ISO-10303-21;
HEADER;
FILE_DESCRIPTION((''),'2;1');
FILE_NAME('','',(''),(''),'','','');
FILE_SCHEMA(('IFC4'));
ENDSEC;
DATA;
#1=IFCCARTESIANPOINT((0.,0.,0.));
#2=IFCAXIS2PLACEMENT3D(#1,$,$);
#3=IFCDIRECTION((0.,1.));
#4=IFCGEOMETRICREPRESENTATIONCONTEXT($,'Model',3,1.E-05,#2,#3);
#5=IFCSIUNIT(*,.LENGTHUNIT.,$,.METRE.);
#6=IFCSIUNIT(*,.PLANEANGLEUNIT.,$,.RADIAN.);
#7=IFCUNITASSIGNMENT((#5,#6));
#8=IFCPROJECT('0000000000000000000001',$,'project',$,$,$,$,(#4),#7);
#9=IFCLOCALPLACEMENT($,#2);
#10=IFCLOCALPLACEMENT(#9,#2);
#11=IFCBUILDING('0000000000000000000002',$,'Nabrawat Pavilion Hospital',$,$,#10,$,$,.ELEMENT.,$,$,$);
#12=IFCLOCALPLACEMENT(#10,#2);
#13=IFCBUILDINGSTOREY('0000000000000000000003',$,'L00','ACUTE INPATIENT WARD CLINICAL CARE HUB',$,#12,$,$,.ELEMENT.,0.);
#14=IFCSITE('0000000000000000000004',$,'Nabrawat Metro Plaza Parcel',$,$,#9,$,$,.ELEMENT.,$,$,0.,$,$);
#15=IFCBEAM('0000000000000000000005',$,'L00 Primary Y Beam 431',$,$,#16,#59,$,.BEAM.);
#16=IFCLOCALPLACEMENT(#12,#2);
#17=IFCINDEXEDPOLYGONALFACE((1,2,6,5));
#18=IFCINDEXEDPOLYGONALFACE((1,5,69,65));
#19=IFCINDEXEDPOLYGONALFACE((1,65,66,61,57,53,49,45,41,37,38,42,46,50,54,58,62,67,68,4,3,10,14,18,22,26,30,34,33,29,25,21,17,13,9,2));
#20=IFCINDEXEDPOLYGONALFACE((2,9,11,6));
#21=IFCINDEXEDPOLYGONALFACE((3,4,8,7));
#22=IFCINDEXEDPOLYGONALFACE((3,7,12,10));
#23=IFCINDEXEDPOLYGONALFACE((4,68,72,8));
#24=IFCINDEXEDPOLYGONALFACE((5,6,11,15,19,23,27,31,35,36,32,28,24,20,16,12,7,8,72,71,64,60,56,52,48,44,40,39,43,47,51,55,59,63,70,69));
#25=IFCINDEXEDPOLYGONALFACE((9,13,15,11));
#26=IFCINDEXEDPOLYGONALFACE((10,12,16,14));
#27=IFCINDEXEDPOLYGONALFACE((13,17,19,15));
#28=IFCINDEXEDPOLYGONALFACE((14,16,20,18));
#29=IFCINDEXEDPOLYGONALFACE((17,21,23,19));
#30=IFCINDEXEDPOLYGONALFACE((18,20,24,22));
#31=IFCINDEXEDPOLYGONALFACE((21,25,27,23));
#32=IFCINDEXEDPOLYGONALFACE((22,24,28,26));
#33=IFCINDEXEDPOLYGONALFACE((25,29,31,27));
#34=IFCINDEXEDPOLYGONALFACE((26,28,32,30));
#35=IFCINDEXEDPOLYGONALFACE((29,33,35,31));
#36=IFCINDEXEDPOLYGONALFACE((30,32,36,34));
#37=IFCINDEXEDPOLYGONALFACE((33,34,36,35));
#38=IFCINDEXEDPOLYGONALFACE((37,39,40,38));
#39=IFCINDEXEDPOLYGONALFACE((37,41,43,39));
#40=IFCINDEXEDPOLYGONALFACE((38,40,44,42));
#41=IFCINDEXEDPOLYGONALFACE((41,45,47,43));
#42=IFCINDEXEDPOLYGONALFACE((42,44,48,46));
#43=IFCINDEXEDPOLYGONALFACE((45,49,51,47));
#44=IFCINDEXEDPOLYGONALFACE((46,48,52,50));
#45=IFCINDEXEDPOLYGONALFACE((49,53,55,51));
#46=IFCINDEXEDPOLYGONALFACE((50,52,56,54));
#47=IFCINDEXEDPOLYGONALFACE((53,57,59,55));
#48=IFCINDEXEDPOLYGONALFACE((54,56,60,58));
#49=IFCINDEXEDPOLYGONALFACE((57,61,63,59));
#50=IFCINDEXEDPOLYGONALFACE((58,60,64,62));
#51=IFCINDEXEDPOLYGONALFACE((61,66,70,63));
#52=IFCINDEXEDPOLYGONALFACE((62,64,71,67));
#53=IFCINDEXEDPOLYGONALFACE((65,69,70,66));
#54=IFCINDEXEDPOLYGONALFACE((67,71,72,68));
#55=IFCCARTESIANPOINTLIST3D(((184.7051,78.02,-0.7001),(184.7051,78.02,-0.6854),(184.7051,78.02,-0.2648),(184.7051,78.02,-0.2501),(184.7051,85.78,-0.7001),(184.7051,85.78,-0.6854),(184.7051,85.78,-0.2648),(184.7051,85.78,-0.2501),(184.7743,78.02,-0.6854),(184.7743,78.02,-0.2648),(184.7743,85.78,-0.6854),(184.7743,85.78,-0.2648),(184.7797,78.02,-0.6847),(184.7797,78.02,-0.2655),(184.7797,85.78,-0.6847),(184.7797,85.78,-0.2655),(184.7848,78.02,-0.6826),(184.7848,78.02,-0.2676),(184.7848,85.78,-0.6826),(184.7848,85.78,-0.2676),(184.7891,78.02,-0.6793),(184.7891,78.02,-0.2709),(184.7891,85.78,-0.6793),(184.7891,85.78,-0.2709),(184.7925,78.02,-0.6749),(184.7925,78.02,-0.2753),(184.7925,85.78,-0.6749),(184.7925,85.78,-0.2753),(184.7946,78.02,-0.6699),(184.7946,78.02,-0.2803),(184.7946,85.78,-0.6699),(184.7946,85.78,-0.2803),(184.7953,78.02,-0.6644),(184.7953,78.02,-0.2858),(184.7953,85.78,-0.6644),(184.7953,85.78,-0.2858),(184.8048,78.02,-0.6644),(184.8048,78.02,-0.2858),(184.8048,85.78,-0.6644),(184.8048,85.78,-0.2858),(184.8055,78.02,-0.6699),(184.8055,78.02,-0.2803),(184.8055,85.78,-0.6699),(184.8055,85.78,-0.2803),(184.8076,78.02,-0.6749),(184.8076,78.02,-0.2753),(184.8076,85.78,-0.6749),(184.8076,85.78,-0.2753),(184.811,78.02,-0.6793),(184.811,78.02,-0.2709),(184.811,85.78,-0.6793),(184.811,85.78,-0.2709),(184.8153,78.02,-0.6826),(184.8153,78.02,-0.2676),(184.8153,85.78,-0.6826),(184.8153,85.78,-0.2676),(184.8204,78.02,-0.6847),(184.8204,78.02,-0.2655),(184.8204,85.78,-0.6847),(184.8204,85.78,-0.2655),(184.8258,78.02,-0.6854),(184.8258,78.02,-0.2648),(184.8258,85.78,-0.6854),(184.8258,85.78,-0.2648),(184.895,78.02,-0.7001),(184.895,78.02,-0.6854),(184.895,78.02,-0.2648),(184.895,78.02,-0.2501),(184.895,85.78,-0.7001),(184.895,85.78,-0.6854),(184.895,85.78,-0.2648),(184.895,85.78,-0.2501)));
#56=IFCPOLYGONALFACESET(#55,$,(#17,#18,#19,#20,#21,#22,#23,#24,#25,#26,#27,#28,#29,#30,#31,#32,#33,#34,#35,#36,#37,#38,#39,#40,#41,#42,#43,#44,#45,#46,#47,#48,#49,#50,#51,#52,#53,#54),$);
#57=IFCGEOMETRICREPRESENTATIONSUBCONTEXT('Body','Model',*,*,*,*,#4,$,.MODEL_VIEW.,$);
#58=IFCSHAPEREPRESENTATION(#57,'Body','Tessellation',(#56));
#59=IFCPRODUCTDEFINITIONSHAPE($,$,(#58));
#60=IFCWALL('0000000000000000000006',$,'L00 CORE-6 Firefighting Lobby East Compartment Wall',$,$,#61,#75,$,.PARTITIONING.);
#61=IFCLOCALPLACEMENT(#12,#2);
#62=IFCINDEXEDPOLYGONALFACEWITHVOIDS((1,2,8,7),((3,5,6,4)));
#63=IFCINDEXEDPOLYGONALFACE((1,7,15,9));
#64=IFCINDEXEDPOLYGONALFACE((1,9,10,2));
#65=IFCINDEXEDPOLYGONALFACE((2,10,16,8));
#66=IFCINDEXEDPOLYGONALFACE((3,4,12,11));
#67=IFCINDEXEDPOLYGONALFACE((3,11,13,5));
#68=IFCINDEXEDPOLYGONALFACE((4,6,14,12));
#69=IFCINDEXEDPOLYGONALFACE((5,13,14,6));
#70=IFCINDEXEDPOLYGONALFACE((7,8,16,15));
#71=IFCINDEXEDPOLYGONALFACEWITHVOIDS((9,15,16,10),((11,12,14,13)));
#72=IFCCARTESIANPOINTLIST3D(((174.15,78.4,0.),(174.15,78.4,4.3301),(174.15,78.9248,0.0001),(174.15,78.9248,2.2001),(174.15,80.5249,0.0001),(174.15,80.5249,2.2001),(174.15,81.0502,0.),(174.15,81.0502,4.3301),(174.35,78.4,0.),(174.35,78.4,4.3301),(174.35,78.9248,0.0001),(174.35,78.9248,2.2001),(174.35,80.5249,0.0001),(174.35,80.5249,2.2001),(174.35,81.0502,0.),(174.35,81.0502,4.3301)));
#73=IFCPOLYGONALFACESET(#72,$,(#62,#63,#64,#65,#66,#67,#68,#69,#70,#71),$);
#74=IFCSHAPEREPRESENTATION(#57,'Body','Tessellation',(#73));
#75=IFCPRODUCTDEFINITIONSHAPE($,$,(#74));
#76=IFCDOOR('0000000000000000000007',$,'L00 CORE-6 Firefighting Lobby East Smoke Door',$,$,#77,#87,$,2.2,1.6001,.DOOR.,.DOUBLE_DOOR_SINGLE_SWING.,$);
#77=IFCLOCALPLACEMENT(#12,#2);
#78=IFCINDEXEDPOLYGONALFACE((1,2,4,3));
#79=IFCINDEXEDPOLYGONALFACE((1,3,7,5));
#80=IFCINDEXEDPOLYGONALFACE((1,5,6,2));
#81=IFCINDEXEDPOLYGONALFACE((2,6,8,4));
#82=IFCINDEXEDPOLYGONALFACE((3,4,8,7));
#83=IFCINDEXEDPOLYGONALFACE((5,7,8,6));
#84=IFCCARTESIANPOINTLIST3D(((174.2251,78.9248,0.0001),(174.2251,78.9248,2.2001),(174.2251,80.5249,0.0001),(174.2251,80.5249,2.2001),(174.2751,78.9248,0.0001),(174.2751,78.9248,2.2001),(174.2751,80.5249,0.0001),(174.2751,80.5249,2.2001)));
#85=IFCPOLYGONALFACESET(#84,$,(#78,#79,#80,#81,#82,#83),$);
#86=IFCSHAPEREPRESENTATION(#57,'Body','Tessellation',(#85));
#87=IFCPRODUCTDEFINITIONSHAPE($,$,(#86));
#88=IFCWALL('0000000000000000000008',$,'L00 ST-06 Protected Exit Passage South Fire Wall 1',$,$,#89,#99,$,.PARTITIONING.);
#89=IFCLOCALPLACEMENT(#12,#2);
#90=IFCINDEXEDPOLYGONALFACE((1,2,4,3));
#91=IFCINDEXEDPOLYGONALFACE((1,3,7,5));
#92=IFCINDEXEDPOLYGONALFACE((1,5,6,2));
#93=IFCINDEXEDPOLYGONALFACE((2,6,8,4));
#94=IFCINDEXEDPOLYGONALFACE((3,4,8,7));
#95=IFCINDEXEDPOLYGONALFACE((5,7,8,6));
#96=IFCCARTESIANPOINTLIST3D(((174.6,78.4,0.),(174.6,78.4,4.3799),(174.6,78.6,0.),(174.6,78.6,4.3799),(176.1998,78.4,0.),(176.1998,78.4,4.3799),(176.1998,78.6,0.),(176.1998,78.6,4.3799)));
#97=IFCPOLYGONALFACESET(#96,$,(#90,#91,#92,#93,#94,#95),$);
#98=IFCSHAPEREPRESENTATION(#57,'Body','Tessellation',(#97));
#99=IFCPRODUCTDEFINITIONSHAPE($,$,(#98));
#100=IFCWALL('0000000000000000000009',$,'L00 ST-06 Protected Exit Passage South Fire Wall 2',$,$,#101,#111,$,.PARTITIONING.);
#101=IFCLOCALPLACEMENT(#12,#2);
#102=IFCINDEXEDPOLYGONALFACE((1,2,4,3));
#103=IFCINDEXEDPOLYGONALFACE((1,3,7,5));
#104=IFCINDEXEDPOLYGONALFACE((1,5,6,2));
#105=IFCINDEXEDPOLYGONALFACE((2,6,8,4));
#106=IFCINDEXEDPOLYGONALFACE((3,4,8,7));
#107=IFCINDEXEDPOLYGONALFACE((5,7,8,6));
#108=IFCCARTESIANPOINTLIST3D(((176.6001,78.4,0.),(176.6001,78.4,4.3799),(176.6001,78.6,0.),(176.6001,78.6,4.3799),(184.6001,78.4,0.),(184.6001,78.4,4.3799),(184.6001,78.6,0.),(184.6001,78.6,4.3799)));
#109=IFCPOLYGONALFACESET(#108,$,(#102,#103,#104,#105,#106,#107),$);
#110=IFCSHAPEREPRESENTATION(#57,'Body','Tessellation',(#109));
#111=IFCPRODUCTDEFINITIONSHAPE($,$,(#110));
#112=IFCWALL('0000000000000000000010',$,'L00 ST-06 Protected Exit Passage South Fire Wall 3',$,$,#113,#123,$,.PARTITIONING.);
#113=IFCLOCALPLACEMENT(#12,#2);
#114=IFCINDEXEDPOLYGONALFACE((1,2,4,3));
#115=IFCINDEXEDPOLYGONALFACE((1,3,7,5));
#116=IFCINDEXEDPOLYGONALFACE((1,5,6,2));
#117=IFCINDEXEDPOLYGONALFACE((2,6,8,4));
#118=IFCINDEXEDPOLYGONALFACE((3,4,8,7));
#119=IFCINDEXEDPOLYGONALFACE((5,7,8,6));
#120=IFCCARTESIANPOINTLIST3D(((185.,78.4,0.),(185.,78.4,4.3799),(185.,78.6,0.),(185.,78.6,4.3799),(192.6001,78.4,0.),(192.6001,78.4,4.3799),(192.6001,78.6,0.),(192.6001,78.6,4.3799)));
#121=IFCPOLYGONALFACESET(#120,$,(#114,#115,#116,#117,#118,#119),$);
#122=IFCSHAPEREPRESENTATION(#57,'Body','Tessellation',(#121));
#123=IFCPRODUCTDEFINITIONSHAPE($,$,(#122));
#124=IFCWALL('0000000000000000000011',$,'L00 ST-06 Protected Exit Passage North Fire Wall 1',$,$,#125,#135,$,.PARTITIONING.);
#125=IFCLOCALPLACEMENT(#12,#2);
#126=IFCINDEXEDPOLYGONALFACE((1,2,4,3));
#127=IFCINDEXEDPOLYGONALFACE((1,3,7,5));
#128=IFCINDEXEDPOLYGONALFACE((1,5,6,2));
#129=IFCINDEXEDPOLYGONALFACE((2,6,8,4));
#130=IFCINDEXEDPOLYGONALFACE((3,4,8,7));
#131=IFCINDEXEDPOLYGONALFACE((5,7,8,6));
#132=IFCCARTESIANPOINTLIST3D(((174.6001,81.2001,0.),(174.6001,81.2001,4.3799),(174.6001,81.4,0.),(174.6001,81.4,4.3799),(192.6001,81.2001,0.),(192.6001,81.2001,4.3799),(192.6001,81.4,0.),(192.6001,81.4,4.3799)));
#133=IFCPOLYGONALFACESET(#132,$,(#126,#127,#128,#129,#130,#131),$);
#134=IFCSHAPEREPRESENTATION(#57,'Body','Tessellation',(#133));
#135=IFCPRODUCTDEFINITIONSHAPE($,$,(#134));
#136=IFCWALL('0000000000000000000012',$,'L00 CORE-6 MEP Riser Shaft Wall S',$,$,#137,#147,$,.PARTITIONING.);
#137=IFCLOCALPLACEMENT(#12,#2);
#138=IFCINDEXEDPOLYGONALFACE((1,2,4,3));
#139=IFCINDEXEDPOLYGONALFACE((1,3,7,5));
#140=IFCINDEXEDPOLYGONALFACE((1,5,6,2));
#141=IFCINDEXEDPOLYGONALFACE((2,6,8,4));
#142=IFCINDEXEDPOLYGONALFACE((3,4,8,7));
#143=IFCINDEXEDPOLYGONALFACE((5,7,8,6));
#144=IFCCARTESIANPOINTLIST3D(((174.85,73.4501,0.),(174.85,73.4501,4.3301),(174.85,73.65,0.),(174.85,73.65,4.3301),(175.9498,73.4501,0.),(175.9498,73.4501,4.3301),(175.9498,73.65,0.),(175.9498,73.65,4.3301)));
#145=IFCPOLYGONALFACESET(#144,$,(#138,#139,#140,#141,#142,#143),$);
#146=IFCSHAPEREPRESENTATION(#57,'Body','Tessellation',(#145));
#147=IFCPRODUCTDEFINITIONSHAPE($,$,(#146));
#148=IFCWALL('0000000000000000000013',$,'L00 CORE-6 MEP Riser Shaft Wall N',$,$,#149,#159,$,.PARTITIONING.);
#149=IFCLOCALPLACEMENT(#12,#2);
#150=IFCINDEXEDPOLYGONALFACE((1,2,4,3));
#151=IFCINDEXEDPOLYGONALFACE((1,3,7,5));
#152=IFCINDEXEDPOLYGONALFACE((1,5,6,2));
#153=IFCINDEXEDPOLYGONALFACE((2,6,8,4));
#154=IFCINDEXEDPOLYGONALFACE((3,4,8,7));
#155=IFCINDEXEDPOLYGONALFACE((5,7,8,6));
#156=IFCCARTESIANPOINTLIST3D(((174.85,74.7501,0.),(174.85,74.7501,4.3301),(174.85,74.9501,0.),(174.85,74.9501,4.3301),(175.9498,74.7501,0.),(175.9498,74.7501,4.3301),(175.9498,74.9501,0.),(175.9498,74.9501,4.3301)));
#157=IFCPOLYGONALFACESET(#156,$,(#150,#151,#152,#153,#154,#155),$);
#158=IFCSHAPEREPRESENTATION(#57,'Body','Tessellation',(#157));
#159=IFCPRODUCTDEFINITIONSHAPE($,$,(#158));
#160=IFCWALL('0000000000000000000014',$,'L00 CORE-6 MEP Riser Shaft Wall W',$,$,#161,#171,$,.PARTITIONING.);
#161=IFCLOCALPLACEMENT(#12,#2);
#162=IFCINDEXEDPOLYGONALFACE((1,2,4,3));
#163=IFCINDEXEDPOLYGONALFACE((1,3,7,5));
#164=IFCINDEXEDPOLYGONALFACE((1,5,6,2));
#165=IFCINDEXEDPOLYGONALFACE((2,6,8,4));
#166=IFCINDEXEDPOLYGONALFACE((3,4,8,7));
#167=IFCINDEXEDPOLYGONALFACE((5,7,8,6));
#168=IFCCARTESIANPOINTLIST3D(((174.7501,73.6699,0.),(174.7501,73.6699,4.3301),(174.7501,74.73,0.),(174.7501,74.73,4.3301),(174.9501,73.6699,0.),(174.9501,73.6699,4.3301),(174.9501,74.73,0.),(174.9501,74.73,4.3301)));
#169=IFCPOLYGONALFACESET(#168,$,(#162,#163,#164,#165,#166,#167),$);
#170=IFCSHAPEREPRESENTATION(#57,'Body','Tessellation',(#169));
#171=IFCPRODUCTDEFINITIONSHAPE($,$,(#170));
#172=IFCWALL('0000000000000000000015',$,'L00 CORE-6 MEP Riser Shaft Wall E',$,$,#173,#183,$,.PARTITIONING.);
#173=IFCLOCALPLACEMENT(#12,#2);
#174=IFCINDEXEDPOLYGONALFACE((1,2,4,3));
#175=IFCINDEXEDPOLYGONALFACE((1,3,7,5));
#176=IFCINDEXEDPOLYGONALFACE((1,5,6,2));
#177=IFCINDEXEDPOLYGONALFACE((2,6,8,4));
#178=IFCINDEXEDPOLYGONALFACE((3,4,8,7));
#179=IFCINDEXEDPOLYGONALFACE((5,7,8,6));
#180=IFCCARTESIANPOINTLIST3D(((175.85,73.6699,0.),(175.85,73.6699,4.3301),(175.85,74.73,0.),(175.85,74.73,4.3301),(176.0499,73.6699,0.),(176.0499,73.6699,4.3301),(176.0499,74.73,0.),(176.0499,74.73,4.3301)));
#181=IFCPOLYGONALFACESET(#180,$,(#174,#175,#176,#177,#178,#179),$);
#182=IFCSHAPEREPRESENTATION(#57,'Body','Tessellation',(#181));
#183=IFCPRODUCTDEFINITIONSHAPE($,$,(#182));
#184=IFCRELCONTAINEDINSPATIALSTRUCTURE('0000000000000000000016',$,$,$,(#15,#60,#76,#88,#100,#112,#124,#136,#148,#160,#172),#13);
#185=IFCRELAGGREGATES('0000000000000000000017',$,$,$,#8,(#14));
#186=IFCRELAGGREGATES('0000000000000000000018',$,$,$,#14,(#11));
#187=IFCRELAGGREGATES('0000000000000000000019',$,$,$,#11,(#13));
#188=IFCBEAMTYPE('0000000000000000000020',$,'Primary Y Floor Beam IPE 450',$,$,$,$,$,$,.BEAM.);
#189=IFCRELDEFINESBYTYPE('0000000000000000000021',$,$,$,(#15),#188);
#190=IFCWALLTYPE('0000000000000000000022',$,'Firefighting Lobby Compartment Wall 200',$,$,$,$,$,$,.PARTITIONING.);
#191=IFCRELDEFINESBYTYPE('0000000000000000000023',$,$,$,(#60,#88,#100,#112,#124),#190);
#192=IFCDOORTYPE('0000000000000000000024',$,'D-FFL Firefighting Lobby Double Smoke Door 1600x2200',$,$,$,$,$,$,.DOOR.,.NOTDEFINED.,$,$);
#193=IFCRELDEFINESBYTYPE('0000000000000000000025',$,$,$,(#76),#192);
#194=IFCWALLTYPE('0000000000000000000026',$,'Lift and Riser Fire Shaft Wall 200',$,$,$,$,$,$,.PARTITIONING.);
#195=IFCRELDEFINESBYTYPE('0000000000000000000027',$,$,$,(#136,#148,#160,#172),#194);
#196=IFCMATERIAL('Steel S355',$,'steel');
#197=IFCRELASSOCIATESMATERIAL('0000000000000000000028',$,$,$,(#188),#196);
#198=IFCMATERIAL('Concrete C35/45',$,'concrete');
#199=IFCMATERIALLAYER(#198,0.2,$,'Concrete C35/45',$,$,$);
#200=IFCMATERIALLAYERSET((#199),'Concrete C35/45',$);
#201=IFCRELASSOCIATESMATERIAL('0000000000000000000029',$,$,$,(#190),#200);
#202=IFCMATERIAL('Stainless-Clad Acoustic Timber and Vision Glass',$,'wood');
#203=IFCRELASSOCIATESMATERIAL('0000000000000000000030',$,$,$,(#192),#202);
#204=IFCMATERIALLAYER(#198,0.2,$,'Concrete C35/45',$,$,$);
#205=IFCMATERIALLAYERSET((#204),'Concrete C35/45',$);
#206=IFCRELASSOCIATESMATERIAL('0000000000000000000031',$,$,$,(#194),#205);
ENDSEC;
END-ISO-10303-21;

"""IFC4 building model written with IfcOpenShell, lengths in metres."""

from ifc_helpers import new_model, si_unit, direction, frame, frame_2d, origin, origin_2d, place, context, subcontext, project, spatial, rectangle, i_section, extrude, material, layer, layer_set, material_profile, profile_set, type_object, element, fill, save


model = new_model("IFC4")

# Units and contexts
model_context = context("Model", 3, precision=1e-05, world=origin(), true_north=direction((0.0, 1.0)))
body_context = subcontext(model_context, "Body", "Model", "MODEL_VIEW")
ifc_project = project(units=[si_unit("LENGTHUNIT", "METRE"), si_unit("PLANEANGLEUNIT", "RADIAN")], contexts=[model_context])

# Site, building, storey
site_placement = place(None, origin())
site = spatial("IfcSite", under=ifc_project, at=site_placement, Name="Nabrawat Metro Plaza Parcel", CompositionType="ELEMENT", RefElevation=0.0)
building_placement = place(site_placement, origin())
building = spatial("IfcBuilding", under=site, at=building_placement, Name="Nabrawat Pavilion Hospital", CompositionType="ELEMENT")
storey_placement = place(building_placement, origin())
storey = spatial("IfcBuildingStorey", under=building, at=storey_placement, Name="L00", Description="ACUTE INPATIENT WARD CLINICAL CARE HUB", CompositionType="ELEMENT", Elevation=0.0)

# Shared definitions
ifc_material_1 = material(Name="Steel S355", Category="steel")

# Beam
ifc_material_profile_1 = material_profile(ifc_material_1, i_section(OverallWidth=0.1899, OverallDepth=0.45, WebThickness=0.0095, FlangeThickness=0.0146, FilletRadius=0.021, at=origin_2d()), Name="IPE 450")
ifc_profile_set_1 = profile_set([ifc_material_profile_1], Name="Steel S355")
beam_type_1 = type_object("IfcBeamType", Name="Primary Y Floor Beam IPE 450", PredefinedType="BEAM", material=ifc_profile_set_1)
for number, where, z_axis, x_axis, name in (
    (1, (184.8, 78.02, -0.4751), (0.0, 1.0, 0.0), (-1.0, 0.0, 0.0), "L00 Primary Y Beam 431"),
):
    element("IfcBeam", number, at=place(storey_placement, frame(where, z_axis=z_axis, x_axis=x_axis)), inside=storey, type_object=beam_type_1, Name=name, PredefinedType="BEAM", context=body_context, shape_type="SweptSolid", body=[
        extrude(i_section(OverallWidth=0.1899, OverallDepth=0.45, WebThickness=0.0095, FlangeThickness=0.0146, FilletRadius=0.021, at=origin_2d()), origin(), (0.0, 0.0, 1.0), 7.76),
    ])

# Wall, opening, door
ifc_material_2 = material(Name="Concrete C35/45", Category="concrete")
ifc_layer_1 = layer(ifc_material_2, 0.2, Name="Concrete C35/45")
ifc_layer_set_1 = layer_set([ifc_layer_1], Name="Concrete C35/45")
wall_type_1 = type_object("IfcWallType", Name="Firefighting Lobby Compartment Wall 200", PredefinedType="PARTITIONING", material=ifc_layer_set_1)
wall_1_placement = place(storey_placement, frame((174.25, 78.3999, 0.0), z_axis=(0.0, 0.0, 1.0), x_axis=(0.0, 1.0, 0.0)))
wall_1 = element("IfcWall", 2, at=wall_1_placement, inside=storey, type_object=wall_type_1, Name="L00 CORE-6 Firefighting Lobby East Compartment Wall", PredefinedType="PARTITIONING", context=body_context, shape_type="SweptSolid", body=[
    extrude(rectangle(XDim=2.6501, YDim=0.2, at=frame_2d((1.3252, 0.0))), origin(), (0.0, 0.0, 1.0), 4.3301),
])
opening_1_placement = place(wall_1_placement, frame((0.5249, 0.0, 0.0)))
opening_1 = element("IfcOpeningElement", 3, at=opening_1_placement, cuts=wall_1, PredefinedType="OPENING", context=body_context, shape_type="SweptSolid", body=[
    extrude(rectangle(XDim=1.6001, YDim=2.2, at=frame_2d((0.8, 1.1001))), frame((0.0, 0.1099, 0.0), z_axis=(0.0, -1.0, 0.0), x_axis=(1.0, 0.0, 0.0)), (0.0, 0.0, 1.0), 0.22),
])
ifc_material_3 = material(Name="Stainless-Clad Acoustic Timber and Vision Glass", Category="wood")
door_type_1 = type_object("IfcDoorType", Name="D-FFL Firefighting Lobby Double Smoke Door 1600x2200", OperationType="NOTDEFINED", PredefinedType="DOOR", material=ifc_material_3)
door_1_placement = place(opening_1_placement, origin())
door_1 = element("IfcDoor", 4, at=door_1_placement, inside=storey, type_object=door_type_1, Name="L00 CORE-6 Firefighting Lobby East Smoke Door", OperationType="DOUBLE_DOOR_SINGLE_SWING", OverallHeight=2.2, OverallWidth=1.6001, PredefinedType="DOOR", context=body_context, shape_type="SweptSolid", body=[
    extrude(rectangle(XDim=1.6001, YDim=2.2, at=frame_2d((0.8, 1.1001))), frame((0.0, 0.0249, 0.0), z_axis=(0.0, -1.0, 0.0), x_axis=(1.0, 0.0, 0.0)), (0.0, 0.0, 1.0), 0.05),
])
fill(opening_1, door_1)

# Walls
wall_2_placement = place(storey_placement, frame((174.6001, 78.5, 0.0), z_axis=(0.0, 0.0, 1.0), x_axis=(1.0, 0.0, 0.0)))
element("IfcWall", 5, at=wall_2_placement, inside=storey, type_object=wall_type_1, Name="L00 ST-06 Protected Exit Passage South Fire Wall 1", PredefinedType="PARTITIONING", context=body_context, shape_type="SweptSolid", body=[
    extrude(rectangle(XDim=1.5999, YDim=0.2, at=frame_2d((0.7998, 0.0))), origin(), (0.0, 0.0, 1.0), 4.3799),
])
wall_3_placement = place(storey_placement, frame((176.6001, 78.5, 0.0), z_axis=(0.0, 0.0, 1.0), x_axis=(1.0, 0.0, 0.0)))
element("IfcWall", 6, at=wall_3_placement, inside=storey, type_object=wall_type_1, Name="L00 ST-06 Protected Exit Passage South Fire Wall 2", PredefinedType="PARTITIONING", context=body_context, shape_type="SweptSolid", body=[
    extrude(rectangle(XDim=8.0, YDim=0.2, at=frame_2d((4.0, 0.0))), origin(), (0.0, 0.0, 1.0), 4.3799),
])
wall_4_placement = place(storey_placement, frame((185.0, 78.5, 0.0), z_axis=(0.0, 0.0, 1.0), x_axis=(1.0, 0.0, 0.0)))
element("IfcWall", 7, at=wall_4_placement, inside=storey, type_object=wall_type_1, Name="L00 ST-06 Protected Exit Passage South Fire Wall 3", PredefinedType="PARTITIONING", context=body_context, shape_type="SweptSolid", body=[
    extrude(rectangle(XDim=7.6001, YDim=0.2, at=frame_2d((3.8, 0.0))), origin(), (0.0, 0.0, 1.0), 4.3799),
])
wall_5_placement = place(storey_placement, frame((174.6001, 81.3, 0.0), z_axis=(0.0, 0.0, 1.0), x_axis=(1.0, 0.0, 0.0)))
element("IfcWall", 8, at=wall_5_placement, inside=storey, type_object=wall_type_1, Name="L00 ST-06 Protected Exit Passage North Fire Wall 1", PredefinedType="PARTITIONING", context=body_context, shape_type="SweptSolid", body=[
    extrude(rectangle(XDim=18.0, YDim=0.2, at=frame_2d((9.0, 0.0))), origin(), (0.0, 0.0, 1.0), 4.3799),
])
ifc_layer_2 = layer(ifc_material_2, 0.2, Name="Concrete C35/45")
ifc_layer_set_2 = layer_set([ifc_layer_2], Name="Concrete C35/45")
wall_type_2 = type_object("IfcWallType", Name="Lift and Riser Fire Shaft Wall 200", PredefinedType="PARTITIONING", material=ifc_layer_set_2)
for number, where, z_axis, x_axis, name in (
    (9, (174.8501, 73.55, 0.0), (0.0, 0.0, 1.0), (1.0, 0.0, 0.0), "L00 CORE-6 MEP Riser Shaft Wall S"),
    (10, (174.8501, 74.8501, 0.0), (0.0, 0.0, 1.0), (1.0, 0.0, 0.0), "L00 CORE-6 MEP Riser Shaft Wall N"),
):
    element("IfcWall", number, at=place(storey_placement, frame(where, z_axis=z_axis, x_axis=x_axis)), inside=storey, type_object=wall_type_2, Name=name, PredefinedType="PARTITIONING", context=body_context, shape_type="SweptSolid", body=[
        extrude(rectangle(XDim=1.0999, YDim=0.2, at=frame_2d((0.5498, 0.0))), origin(), (0.0, 0.0, 1.0), 4.3301),
    ])
for number, where, z_axis, x_axis, name in (
    (11, (174.8501, 73.6699, 0.0), (0.0, 0.0, 1.0), (0.0, 1.0, 0.0), "L00 CORE-6 MEP Riser Shaft Wall W"),
    (12, (175.95, 73.6699, 0.0), (0.0, 0.0, 1.0), (0.0, 1.0, 0.0), "L00 CORE-6 MEP Riser Shaft Wall E"),
):
    element("IfcWall", number, at=place(storey_placement, frame(where, z_axis=z_axis, x_axis=x_axis)), inside=storey, type_object=wall_type_2, Name=name, PredefinedType="PARTITIONING", context=body_context, shape_type="SweptSolid", body=[
        extrude(rectangle(XDim=1.0601, YDim=0.2, at=frame_2d((0.53, 0.0))), origin(), (0.0, 0.0, 1.0), 4.3301),
    ])

save(model, "model.ifc")
